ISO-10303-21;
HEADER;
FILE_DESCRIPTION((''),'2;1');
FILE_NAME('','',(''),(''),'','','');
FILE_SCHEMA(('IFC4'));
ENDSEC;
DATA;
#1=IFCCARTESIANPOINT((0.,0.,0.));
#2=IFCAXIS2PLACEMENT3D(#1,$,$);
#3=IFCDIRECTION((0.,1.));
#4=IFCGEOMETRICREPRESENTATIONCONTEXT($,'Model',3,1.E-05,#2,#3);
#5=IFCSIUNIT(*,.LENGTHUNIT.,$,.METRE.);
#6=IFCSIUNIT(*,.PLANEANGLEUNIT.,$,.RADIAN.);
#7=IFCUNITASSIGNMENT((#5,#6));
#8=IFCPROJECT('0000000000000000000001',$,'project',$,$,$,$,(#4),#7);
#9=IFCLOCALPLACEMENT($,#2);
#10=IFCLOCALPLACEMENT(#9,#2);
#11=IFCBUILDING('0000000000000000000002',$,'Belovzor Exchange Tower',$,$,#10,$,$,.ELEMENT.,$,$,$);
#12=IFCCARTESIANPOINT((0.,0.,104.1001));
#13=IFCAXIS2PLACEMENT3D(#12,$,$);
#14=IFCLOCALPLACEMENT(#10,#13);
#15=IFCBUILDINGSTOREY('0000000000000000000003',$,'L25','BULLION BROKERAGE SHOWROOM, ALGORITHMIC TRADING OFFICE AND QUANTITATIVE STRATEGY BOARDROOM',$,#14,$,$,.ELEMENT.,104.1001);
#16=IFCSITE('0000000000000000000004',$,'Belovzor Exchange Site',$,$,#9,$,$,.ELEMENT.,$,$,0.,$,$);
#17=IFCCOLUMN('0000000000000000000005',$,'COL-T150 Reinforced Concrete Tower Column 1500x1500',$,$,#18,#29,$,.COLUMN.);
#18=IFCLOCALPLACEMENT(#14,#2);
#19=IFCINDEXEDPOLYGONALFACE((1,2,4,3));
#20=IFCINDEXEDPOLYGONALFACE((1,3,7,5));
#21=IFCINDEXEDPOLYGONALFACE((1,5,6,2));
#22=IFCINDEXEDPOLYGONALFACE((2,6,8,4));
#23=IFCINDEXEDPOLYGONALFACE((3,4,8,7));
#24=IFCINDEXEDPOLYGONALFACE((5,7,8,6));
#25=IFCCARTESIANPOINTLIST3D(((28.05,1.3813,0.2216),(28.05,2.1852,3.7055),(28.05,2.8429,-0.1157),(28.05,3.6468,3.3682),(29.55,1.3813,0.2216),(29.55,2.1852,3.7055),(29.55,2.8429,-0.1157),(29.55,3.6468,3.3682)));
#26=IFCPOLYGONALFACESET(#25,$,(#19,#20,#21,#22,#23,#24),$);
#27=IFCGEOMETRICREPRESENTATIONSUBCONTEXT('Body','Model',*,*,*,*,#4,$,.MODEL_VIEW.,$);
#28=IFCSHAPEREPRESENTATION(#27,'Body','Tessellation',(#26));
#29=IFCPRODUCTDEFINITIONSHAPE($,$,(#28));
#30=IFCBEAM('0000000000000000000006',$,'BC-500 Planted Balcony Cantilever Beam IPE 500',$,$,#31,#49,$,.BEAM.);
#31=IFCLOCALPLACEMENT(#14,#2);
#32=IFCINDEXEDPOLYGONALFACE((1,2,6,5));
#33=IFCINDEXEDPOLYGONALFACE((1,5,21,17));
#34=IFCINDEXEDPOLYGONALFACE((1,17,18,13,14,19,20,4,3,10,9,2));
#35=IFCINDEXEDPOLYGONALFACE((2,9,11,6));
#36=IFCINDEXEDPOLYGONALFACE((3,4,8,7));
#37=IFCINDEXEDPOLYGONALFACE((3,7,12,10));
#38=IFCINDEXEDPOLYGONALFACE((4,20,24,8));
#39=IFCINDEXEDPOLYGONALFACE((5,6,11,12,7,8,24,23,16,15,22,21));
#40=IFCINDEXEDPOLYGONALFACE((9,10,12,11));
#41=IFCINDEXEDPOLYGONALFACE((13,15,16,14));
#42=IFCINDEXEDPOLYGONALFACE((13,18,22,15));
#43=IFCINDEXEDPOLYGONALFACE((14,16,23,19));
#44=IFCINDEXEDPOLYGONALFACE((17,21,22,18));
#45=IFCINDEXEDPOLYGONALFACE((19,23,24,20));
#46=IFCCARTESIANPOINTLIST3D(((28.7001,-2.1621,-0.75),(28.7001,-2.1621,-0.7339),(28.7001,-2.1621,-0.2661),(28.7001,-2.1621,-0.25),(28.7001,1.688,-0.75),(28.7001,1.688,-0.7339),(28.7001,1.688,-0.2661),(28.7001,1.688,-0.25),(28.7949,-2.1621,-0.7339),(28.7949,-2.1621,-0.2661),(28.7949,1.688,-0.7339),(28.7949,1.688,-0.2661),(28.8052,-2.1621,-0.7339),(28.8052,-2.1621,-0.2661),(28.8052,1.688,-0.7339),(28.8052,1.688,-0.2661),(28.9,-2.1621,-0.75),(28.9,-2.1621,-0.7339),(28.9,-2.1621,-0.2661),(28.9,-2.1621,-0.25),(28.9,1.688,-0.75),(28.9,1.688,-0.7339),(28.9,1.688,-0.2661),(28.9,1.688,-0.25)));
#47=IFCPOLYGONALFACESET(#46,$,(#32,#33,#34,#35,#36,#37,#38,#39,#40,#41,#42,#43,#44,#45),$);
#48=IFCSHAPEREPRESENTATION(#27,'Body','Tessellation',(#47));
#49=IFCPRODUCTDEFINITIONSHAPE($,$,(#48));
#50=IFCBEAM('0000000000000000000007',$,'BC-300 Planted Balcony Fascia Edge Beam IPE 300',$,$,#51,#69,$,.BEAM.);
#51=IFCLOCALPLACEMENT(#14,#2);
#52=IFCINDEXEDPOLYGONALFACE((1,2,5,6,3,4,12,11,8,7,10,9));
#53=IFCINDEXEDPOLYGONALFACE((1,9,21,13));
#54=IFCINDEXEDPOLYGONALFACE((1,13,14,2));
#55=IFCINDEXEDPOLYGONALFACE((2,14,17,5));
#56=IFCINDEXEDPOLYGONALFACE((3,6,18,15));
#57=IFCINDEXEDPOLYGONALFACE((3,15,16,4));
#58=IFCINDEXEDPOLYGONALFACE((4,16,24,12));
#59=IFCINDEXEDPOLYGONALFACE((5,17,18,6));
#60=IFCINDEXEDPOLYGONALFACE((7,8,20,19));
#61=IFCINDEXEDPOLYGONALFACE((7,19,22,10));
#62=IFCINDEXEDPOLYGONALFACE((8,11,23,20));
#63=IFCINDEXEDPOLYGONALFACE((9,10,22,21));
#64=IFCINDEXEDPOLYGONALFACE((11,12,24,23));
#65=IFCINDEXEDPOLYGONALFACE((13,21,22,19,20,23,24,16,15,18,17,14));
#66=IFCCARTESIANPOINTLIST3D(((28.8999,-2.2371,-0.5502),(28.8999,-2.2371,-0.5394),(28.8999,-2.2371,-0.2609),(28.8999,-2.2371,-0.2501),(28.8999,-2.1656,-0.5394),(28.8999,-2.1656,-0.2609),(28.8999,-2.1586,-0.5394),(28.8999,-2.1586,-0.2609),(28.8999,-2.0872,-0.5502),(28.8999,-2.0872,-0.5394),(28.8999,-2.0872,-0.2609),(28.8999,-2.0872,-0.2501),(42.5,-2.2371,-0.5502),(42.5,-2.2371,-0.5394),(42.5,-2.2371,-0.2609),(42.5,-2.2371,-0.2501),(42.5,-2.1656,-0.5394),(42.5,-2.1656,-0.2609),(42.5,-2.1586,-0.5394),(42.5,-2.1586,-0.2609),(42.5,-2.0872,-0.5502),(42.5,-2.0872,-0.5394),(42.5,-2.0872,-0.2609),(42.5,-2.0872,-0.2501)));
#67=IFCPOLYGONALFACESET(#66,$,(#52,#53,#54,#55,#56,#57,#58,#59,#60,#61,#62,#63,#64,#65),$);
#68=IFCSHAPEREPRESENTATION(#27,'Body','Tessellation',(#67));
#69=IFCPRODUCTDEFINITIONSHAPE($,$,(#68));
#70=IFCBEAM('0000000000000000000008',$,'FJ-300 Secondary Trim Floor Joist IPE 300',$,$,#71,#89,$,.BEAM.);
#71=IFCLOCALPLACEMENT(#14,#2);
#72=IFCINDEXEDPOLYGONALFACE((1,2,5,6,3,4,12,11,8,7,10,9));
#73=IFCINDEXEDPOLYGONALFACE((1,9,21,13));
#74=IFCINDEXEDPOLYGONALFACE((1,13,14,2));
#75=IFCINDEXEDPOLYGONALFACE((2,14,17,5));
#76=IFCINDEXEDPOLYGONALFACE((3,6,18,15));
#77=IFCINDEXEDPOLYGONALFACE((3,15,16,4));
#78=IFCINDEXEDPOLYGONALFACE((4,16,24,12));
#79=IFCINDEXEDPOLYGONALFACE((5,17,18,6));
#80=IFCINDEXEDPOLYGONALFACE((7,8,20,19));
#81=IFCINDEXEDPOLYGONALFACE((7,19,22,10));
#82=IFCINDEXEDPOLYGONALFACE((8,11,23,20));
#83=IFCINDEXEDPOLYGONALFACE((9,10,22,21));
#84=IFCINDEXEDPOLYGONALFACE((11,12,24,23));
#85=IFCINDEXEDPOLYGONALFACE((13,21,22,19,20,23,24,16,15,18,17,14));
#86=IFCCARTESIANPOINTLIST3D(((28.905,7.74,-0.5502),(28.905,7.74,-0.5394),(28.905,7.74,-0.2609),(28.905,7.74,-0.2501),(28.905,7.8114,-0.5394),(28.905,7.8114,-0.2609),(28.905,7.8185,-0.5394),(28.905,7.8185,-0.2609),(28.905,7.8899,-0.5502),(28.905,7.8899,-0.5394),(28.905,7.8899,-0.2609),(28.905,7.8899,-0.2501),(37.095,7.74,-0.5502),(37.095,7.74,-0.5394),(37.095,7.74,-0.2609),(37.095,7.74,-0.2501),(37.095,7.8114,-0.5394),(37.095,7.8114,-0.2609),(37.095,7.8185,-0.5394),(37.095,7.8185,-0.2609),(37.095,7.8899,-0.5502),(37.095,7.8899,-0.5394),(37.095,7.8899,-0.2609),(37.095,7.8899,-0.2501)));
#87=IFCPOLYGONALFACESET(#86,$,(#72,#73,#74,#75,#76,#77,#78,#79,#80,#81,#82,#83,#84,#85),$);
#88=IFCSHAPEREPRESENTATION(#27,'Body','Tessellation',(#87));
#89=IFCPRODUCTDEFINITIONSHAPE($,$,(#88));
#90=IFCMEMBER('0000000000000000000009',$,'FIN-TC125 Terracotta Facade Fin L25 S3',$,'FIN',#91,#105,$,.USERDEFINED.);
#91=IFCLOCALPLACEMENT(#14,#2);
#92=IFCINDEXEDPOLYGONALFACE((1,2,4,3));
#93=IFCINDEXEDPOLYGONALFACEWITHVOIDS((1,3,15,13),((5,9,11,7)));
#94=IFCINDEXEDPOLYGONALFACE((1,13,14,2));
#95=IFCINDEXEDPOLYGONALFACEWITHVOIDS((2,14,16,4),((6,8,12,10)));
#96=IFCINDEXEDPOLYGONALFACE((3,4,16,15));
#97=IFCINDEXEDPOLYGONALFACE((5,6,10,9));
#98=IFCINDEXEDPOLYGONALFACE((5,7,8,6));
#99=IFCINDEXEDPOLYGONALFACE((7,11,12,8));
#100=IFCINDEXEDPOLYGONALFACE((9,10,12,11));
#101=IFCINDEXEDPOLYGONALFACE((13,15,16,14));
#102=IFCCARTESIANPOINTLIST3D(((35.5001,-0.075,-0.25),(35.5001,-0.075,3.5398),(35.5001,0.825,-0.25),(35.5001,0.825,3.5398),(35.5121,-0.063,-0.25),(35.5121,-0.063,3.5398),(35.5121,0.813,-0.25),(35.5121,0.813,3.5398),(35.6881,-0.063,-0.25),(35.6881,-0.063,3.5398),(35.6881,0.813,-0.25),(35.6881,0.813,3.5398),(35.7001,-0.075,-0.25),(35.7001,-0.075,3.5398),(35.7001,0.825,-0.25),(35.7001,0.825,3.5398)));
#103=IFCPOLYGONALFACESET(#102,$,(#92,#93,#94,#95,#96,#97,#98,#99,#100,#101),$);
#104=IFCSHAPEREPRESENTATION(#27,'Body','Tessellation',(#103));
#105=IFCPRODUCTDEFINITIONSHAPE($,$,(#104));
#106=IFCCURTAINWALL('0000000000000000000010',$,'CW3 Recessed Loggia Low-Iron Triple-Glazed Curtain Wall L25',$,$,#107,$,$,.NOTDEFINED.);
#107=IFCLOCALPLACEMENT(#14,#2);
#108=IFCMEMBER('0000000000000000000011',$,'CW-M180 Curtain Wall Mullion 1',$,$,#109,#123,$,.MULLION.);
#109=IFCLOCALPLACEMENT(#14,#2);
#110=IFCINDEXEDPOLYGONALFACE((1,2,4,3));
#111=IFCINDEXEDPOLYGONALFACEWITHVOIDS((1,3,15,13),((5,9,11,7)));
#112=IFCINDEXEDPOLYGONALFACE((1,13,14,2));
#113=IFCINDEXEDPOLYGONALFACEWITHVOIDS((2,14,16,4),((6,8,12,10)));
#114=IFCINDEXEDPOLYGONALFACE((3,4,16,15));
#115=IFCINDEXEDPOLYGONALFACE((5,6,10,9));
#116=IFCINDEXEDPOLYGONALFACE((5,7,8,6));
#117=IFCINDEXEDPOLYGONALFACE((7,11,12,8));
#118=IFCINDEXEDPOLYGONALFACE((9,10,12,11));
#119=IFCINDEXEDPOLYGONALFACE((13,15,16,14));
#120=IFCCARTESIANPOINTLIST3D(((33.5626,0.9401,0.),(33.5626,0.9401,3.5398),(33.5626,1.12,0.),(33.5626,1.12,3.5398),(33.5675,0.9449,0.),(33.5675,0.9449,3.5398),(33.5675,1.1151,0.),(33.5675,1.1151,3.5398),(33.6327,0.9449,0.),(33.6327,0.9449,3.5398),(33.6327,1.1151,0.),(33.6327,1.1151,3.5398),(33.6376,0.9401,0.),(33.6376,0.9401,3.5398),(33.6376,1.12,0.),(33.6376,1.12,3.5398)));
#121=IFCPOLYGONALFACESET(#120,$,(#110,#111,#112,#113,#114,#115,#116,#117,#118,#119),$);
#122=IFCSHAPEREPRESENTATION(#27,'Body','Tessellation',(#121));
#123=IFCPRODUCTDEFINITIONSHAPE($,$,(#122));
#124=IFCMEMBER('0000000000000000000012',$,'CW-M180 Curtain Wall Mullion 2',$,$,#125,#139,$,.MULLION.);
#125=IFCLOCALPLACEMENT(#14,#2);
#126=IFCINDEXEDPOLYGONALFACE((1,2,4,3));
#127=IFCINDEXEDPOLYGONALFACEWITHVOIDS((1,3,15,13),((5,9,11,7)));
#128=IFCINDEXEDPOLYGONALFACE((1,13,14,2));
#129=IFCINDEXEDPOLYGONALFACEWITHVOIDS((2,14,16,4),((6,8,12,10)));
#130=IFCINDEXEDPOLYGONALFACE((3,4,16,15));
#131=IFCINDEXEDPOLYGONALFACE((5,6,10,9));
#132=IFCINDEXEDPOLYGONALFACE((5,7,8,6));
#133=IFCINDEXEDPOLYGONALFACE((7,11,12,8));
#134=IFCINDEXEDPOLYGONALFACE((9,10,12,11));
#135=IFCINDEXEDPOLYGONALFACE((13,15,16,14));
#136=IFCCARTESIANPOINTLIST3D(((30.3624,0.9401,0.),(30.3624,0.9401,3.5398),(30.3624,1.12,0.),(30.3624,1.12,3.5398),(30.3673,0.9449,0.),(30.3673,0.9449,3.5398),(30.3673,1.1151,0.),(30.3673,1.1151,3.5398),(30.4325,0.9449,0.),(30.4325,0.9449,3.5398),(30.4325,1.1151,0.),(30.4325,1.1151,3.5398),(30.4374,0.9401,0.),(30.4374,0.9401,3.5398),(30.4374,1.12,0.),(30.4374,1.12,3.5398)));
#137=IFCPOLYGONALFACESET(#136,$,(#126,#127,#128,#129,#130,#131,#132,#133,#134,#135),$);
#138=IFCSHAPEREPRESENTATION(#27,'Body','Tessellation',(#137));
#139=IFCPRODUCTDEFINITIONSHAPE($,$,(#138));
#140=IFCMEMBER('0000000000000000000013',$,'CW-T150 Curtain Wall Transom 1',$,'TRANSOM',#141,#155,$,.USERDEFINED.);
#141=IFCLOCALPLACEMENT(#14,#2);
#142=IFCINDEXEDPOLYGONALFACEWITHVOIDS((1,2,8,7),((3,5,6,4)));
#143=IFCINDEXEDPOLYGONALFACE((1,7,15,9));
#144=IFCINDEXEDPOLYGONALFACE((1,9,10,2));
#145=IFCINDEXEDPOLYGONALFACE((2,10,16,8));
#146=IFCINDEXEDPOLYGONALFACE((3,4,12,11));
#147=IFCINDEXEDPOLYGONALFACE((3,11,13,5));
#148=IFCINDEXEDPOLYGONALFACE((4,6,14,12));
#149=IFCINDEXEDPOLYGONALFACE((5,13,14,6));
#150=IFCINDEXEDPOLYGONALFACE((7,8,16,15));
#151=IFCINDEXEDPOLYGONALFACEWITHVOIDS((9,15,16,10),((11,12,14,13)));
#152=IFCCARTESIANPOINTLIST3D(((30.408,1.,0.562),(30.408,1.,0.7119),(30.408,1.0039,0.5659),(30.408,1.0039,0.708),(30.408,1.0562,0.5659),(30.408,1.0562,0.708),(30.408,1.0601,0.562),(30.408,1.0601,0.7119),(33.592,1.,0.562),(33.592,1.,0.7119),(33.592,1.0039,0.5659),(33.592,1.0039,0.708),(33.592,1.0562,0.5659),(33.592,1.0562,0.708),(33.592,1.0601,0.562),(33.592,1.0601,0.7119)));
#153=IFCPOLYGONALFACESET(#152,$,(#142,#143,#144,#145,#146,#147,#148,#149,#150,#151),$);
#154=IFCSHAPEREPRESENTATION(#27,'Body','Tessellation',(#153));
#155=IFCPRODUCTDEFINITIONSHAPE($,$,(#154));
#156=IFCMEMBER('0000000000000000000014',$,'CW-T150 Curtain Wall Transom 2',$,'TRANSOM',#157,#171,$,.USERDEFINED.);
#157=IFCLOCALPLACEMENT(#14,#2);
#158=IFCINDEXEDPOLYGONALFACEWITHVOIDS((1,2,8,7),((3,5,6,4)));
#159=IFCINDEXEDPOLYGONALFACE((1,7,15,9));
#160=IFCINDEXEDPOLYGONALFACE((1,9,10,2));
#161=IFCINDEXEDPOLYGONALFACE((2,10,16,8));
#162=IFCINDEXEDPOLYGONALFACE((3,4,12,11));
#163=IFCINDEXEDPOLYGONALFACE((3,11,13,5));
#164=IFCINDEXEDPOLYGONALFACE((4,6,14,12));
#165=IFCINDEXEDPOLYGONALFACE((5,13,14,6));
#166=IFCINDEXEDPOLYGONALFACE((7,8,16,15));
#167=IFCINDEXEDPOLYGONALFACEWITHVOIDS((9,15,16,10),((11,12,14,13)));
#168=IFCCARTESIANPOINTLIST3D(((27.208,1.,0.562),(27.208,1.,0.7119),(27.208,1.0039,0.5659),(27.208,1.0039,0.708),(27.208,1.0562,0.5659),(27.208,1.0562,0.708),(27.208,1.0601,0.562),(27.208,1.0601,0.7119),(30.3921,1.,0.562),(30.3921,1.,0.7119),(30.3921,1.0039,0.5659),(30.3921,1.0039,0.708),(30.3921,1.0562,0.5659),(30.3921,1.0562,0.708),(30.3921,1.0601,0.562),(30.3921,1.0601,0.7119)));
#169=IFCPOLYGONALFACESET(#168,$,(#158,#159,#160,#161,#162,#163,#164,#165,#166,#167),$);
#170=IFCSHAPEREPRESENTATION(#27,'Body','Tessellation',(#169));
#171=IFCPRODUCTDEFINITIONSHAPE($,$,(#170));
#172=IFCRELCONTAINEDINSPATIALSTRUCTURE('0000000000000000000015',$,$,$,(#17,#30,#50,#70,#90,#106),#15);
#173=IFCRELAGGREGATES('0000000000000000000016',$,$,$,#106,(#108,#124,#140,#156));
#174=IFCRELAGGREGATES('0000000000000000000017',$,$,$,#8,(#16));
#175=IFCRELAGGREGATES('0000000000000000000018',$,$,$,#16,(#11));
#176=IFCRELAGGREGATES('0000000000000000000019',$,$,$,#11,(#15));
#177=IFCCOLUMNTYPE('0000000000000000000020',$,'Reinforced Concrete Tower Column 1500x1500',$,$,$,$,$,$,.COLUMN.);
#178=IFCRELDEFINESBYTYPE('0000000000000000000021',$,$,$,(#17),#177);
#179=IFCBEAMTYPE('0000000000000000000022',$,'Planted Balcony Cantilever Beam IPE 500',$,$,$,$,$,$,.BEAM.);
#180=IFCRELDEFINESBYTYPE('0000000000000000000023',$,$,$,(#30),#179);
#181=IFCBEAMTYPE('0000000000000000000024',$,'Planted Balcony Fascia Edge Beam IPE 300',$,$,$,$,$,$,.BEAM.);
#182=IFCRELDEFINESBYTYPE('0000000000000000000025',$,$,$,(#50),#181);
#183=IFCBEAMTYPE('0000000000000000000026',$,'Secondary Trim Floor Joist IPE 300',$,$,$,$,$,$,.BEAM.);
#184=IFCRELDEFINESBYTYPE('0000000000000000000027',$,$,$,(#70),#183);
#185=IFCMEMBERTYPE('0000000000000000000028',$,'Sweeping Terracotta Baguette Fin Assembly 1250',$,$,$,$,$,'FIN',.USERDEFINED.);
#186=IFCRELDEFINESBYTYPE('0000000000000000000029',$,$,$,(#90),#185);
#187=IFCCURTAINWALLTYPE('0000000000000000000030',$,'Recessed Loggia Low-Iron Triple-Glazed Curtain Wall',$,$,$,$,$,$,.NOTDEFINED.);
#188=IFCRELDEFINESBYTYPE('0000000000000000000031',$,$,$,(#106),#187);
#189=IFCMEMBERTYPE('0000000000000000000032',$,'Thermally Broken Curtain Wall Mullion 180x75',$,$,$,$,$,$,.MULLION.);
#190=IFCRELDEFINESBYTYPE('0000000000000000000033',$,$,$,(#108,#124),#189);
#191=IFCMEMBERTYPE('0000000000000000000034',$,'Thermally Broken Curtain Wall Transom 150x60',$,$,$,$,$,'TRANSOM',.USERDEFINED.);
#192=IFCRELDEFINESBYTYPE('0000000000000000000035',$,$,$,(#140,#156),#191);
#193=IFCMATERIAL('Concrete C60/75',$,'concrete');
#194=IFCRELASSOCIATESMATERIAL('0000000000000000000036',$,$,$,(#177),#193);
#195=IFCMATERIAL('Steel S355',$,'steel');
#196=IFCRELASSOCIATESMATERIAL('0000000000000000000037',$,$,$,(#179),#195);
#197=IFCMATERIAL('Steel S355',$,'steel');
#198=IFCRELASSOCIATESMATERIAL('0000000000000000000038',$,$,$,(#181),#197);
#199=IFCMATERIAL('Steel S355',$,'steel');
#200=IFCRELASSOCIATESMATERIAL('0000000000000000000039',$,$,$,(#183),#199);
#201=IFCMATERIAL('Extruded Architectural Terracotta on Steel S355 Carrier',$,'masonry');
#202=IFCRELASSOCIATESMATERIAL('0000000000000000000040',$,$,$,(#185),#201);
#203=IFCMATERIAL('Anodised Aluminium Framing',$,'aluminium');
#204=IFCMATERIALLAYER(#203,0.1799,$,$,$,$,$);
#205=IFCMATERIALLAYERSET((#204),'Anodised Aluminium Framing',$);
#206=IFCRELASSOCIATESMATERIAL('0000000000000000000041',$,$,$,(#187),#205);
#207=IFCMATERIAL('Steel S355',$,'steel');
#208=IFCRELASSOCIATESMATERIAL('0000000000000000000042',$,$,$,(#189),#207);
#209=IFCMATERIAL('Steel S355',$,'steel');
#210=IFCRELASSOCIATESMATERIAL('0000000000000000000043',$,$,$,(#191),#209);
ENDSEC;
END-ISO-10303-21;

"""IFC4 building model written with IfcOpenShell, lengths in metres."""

from ifc_helpers import new_model, si_unit, direction, frame, origin, origin_2d, place, context, subcontext, project, spatial, rectangle, hollow_rectangle, i_section, extrude, material, layer, layer_set, material_profile, profile_set, type_object, element, aggregate, save


model = new_model("IFC4")

# Units and contexts
model_context = context("Model", 3, precision=1e-05, world=origin(), true_north=direction((0.0, 1.0)))
body_context = subcontext(model_context, "Body", "Model", "MODEL_VIEW")
ifc_project = project(units=[si_unit("LENGTHUNIT", "METRE"), si_unit("PLANEANGLEUNIT", "RADIAN")], contexts=[model_context])

# Site, building, storey
site_placement = place(None, origin())
site = spatial("IfcSite", under=ifc_project, at=site_placement, Name="Belovzor Exchange Site", CompositionType="ELEMENT", RefElevation=0.0)
building_placement = place(site_placement, origin())
building = spatial("IfcBuilding", under=site, at=building_placement, Name="Belovzor Exchange Tower", CompositionType="ELEMENT")
storey_placement = place(building_placement, frame((0.0, 0.0, 104.1001)))
storey = spatial("IfcBuildingStorey", under=building, at=storey_placement, Name="L25", Description="BULLION BROKERAGE SHOWROOM, ALGORITHMIC TRADING OFFICE AND QUANTITATIVE STRATEGY BOARDROOM", CompositionType="ELEMENT", Elevation=104.1001)

# Column
ifc_material_1 = material(Name="Concrete C60/75", Category="concrete")
ifc_material_profile_1 = material_profile(ifc_material_1, rectangle(XDim=1.5, YDim=1.5, at=origin_2d()))
ifc_profile_set_1 = profile_set([ifc_material_profile_1], Name="Concrete C60/75")
column_type = type_object("IfcColumnType", Name="Reinforced Concrete Tower Column 1500x1500", PredefinedType="COLUMN", material=ifc_profile_set_1)
column_placement = place(storey_placement, frame((28.8, 2.1121, 0.053), z_axis=(0.0, 0.224855, 0.974392), x_axis=(-1.0, 0.0, 0.0)))
element("IfcColumn", 1, at=column_placement, inside=storey, type_object=column_type, Name="COL-T150 Reinforced Concrete Tower Column 1500x1500", PredefinedType="COLUMN", context=body_context, shape_type="SweptSolid", body=[
    extrude(rectangle(XDim=1.5, YDim=1.5, at=origin_2d()), origin(), (0.0, 0.0, 1.0), 3.5754),
])

# Beams
ifc_material_2 = material(Name="Steel S355", Category="steel")
ifc_material_profile_2 = material_profile(ifc_material_2, i_section(OverallWidth=0.2, OverallDepth=0.5, WebThickness=0.0103, FlangeThickness=0.0161, at=origin_2d()))
ifc_profile_set_2 = profile_set([ifc_material_profile_2], Name="Steel S355")
beam_type_1 = type_object("IfcBeamType", Name="Planted Balcony Cantilever Beam IPE 500", PredefinedType="BEAM", material=ifc_profile_set_2)
beam_1_placement = place(storey_placement, frame((28.8, 1.688, -0.5), z_axis=(0.0, -1.0, 0.0), x_axis=(1.0, 0.0, 0.0)))
element("IfcBeam", 2, at=beam_1_placement, inside=storey, type_object=beam_type_1, Name="BC-500 Planted Balcony Cantilever Beam IPE 500", PredefinedType="BEAM", context=body_context, shape_type="SweptSolid", body=[
    extrude(i_section(OverallWidth=0.2, OverallDepth=0.5, WebThickness=0.0103, FlangeThickness=0.0161, at=origin_2d()), origin(), (0.0, 0.0, 1.0), 3.8501),
])
ifc_material_3 = material(Name="Steel S355", Category="steel")
ifc_material_profile_3 = material_profile(ifc_material_3, i_section(OverallWidth=0.1499, OverallDepth=0.3, WebThickness=0.0071, FlangeThickness=0.0107, at=origin_2d()))
ifc_profile_set_3 = profile_set([ifc_material_profile_3], Name="Steel S355")
beam_type_2 = type_object("IfcBeamType", Name="Planted Balcony Fascia Edge Beam IPE 300", PredefinedType="BEAM", material=ifc_profile_set_3)
beam_2_placement = place(storey_placement, frame((28.8999, -2.1621, -0.4001), z_axis=(1.0, 0.0, 0.0), x_axis=(0.0, 1.0, 0.0)))
element("IfcBeam", 3, at=beam_2_placement, inside=storey, type_object=beam_type_2, Name="BC-300 Planted Balcony Fascia Edge Beam IPE 300", PredefinedType="BEAM", context=body_context, shape_type="SweptSolid", body=[
    extrude(i_section(OverallWidth=0.1499, OverallDepth=0.3, WebThickness=0.0071, FlangeThickness=0.0107, at=origin_2d()), origin(), (0.0, 0.0, 1.0), 13.6001),
])
ifc_material_4 = material(Name="Steel S355", Category="steel")
ifc_material_profile_4 = material_profile(ifc_material_4, i_section(OverallWidth=0.1499, OverallDepth=0.3, WebThickness=0.0071, FlangeThickness=0.0107, at=origin_2d()))
ifc_profile_set_4 = profile_set([ifc_material_profile_4], Name="Steel S355")
beam_type_3 = type_object("IfcBeamType", Name="Secondary Trim Floor Joist IPE 300", PredefinedType="BEAM", material=ifc_profile_set_4)
beam_3_placement = place(storey_placement, frame((28.905, 7.8149, -0.4001), z_axis=(1.0, 0.0, 0.0), x_axis=(0.0, 1.0, 0.0)))
element("IfcBeam", 4, at=beam_3_placement, inside=storey, type_object=beam_type_3, Name="FJ-300 Secondary Trim Floor Joist IPE 300", PredefinedType="BEAM", context=body_context, shape_type="SweptSolid", body=[
    extrude(i_section(OverallWidth=0.1499, OverallDepth=0.3, WebThickness=0.0071, FlangeThickness=0.0107, at=origin_2d()), origin(), (0.0, 0.0, 1.0), 8.1899),
])

# Member
ifc_material_5 = material(Name="Extruded Architectural Terracotta on Steel S355 Carrier", Category="masonry")
ifc_material_profile_5 = material_profile(ifc_material_5, hollow_rectangle(XDim=0.2, YDim=0.8999, WallThickness=0.012, at=origin_2d()))
ifc_profile_set_5 = profile_set([ifc_material_profile_5], Name="Extruded Architectural Terracotta on Steel S355 Carrier")
member_type_1 = type_object("IfcMemberType", Name="Sweeping Terracotta Baguette Fin Assembly 1250", ElementType="FIN", PredefinedType="USERDEFINED", material=ifc_profile_set_5)
member_1_placement = place(storey_placement, frame((35.6001, 0.375, -0.25), z_axis=(0.0, 0.0, 1.0), x_axis=(1.0, 0.0, 0.0)))
element("IfcMember", 5, at=member_1_placement, inside=storey, type_object=member_type_1, Name="FIN-TC125 Terracotta Facade Fin L25 S3", ObjectType="FIN", PredefinedType="USERDEFINED", context=body_context, shape_type="SweptSolid", body=[
    extrude(hollow_rectangle(XDim=0.2, YDim=0.8999, WallThickness=0.012, at=origin_2d()), origin(), (0.0, 0.0, 1.0), 3.7898),
])

# Curtain wall, members
ifc_material_6 = material(Name="Anodised Aluminium Framing", Category="aluminium")
ifc_layer_1 = layer(ifc_material_6, 0.1799)
ifc_layer_set_1 = layer_set([ifc_layer_1], Name="Anodised Aluminium Framing")
curtain_wall_type = type_object("IfcCurtainWallType", Name="Recessed Loggia Low-Iron Triple-Glazed Curtain Wall", PredefinedType="NOTDEFINED", material=ifc_layer_set_1)
curtain_wall_placement = place(storey_placement, origin())
curtain_wall = element("IfcCurtainWall", 6, at=curtain_wall_placement, inside=storey, type_object=curtain_wall_type, Name="CW3 Recessed Loggia Low-Iron Triple-Glazed Curtain Wall L25", PredefinedType="NOTDEFINED")
ifc_material_7 = material(Name="Steel S355", Category="steel")
ifc_material_profile_6 = material_profile(ifc_material_7, hollow_rectangle(XDim=0.075, YDim=0.1799, WallThickness=0.0049, at=origin_2d()))
ifc_profile_set_6 = profile_set([ifc_material_profile_6], Name="Steel S355")
member_type_2 = type_object("IfcMemberType", Name="Thermally Broken Curtain Wall Mullion 180x75", PredefinedType="MULLION", material=ifc_profile_set_6)
member_2_placement = place(storey_placement, frame((33.6001, 1.03, 0.0), z_axis=(0.0, 0.0, 1.0), x_axis=(-1.0, 0.0, 0.0)))
member_2 = element("IfcMember", 7, at=member_2_placement, type_object=member_type_2, Name="CW-M180 Curtain Wall Mullion 1", PredefinedType="MULLION", context=body_context, shape_type="SweptSolid", body=[
    extrude(hollow_rectangle(XDim=0.075, YDim=0.1799, WallThickness=0.0049, at=origin_2d()), origin(), (0.0, 0.0, 1.0), 3.5398),
])
member_3_placement = place(storey_placement, frame((30.3999, 1.03, 0.0), z_axis=(0.0, 0.0, 1.0), x_axis=(-1.0, 0.0, 0.0)))
member_3 = element("IfcMember", 8, at=member_3_placement, type_object=member_type_2, Name="CW-M180 Curtain Wall Mullion 2", PredefinedType="MULLION", context=body_context, shape_type="SweptSolid", body=[
    extrude(hollow_rectangle(XDim=0.075, YDim=0.1799, WallThickness=0.0049, at=origin_2d()), origin(), (0.0, 0.0, 1.0), 3.5398),
])
ifc_material_8 = material(Name="Steel S355", Category="steel")
ifc_material_profile_7 = material_profile(ifc_material_8, hollow_rectangle(XDim=0.0601, YDim=0.1499, WallThickness=0.0039, at=origin_2d()))
ifc_profile_set_7 = profile_set([ifc_material_profile_7], Name="Steel S355")
member_type_3 = type_object("IfcMemberType", Name="Thermally Broken Curtain Wall Transom 150x60", ElementType="TRANSOM", PredefinedType="USERDEFINED", material=ifc_profile_set_7)
member_4_placement = place(storey_placement, frame((33.592, 1.03, 0.637), z_axis=(-1.0, 0.0, 0.0), x_axis=(0.0, -1.0, 0.0)))
member_4 = element("IfcMember", 9, at=member_4_placement, type_object=member_type_3, Name="CW-T150 Curtain Wall Transom 1", ObjectType="TRANSOM", PredefinedType="USERDEFINED", context=body_context, shape_type="SweptSolid", body=[
    extrude(hollow_rectangle(XDim=0.0601, YDim=0.1499, WallThickness=0.0039, at=origin_2d()), origin(), (0.0, 0.0, 1.0), 3.1841),
])
member_5_placement = place(storey_placement, frame((30.3921, 1.03, 0.637), z_axis=(-1.0, 0.0, 0.0), x_axis=(0.0, -1.0, 0.0)))
member_5 = element("IfcMember", 10, at=member_5_placement, type_object=member_type_3, Name="CW-T150 Curtain Wall Transom 2", ObjectType="TRANSOM", PredefinedType="USERDEFINED", context=body_context, shape_type="SweptSolid", body=[
    extrude(hollow_rectangle(XDim=0.0601, YDim=0.1499, WallThickness=0.0039, at=origin_2d()), origin(), (0.0, 0.0, 1.0), 3.1841),
])

aggregate(curtain_wall, [member_2, member_3, member_4, member_5])

save(model, "model.ifc")
